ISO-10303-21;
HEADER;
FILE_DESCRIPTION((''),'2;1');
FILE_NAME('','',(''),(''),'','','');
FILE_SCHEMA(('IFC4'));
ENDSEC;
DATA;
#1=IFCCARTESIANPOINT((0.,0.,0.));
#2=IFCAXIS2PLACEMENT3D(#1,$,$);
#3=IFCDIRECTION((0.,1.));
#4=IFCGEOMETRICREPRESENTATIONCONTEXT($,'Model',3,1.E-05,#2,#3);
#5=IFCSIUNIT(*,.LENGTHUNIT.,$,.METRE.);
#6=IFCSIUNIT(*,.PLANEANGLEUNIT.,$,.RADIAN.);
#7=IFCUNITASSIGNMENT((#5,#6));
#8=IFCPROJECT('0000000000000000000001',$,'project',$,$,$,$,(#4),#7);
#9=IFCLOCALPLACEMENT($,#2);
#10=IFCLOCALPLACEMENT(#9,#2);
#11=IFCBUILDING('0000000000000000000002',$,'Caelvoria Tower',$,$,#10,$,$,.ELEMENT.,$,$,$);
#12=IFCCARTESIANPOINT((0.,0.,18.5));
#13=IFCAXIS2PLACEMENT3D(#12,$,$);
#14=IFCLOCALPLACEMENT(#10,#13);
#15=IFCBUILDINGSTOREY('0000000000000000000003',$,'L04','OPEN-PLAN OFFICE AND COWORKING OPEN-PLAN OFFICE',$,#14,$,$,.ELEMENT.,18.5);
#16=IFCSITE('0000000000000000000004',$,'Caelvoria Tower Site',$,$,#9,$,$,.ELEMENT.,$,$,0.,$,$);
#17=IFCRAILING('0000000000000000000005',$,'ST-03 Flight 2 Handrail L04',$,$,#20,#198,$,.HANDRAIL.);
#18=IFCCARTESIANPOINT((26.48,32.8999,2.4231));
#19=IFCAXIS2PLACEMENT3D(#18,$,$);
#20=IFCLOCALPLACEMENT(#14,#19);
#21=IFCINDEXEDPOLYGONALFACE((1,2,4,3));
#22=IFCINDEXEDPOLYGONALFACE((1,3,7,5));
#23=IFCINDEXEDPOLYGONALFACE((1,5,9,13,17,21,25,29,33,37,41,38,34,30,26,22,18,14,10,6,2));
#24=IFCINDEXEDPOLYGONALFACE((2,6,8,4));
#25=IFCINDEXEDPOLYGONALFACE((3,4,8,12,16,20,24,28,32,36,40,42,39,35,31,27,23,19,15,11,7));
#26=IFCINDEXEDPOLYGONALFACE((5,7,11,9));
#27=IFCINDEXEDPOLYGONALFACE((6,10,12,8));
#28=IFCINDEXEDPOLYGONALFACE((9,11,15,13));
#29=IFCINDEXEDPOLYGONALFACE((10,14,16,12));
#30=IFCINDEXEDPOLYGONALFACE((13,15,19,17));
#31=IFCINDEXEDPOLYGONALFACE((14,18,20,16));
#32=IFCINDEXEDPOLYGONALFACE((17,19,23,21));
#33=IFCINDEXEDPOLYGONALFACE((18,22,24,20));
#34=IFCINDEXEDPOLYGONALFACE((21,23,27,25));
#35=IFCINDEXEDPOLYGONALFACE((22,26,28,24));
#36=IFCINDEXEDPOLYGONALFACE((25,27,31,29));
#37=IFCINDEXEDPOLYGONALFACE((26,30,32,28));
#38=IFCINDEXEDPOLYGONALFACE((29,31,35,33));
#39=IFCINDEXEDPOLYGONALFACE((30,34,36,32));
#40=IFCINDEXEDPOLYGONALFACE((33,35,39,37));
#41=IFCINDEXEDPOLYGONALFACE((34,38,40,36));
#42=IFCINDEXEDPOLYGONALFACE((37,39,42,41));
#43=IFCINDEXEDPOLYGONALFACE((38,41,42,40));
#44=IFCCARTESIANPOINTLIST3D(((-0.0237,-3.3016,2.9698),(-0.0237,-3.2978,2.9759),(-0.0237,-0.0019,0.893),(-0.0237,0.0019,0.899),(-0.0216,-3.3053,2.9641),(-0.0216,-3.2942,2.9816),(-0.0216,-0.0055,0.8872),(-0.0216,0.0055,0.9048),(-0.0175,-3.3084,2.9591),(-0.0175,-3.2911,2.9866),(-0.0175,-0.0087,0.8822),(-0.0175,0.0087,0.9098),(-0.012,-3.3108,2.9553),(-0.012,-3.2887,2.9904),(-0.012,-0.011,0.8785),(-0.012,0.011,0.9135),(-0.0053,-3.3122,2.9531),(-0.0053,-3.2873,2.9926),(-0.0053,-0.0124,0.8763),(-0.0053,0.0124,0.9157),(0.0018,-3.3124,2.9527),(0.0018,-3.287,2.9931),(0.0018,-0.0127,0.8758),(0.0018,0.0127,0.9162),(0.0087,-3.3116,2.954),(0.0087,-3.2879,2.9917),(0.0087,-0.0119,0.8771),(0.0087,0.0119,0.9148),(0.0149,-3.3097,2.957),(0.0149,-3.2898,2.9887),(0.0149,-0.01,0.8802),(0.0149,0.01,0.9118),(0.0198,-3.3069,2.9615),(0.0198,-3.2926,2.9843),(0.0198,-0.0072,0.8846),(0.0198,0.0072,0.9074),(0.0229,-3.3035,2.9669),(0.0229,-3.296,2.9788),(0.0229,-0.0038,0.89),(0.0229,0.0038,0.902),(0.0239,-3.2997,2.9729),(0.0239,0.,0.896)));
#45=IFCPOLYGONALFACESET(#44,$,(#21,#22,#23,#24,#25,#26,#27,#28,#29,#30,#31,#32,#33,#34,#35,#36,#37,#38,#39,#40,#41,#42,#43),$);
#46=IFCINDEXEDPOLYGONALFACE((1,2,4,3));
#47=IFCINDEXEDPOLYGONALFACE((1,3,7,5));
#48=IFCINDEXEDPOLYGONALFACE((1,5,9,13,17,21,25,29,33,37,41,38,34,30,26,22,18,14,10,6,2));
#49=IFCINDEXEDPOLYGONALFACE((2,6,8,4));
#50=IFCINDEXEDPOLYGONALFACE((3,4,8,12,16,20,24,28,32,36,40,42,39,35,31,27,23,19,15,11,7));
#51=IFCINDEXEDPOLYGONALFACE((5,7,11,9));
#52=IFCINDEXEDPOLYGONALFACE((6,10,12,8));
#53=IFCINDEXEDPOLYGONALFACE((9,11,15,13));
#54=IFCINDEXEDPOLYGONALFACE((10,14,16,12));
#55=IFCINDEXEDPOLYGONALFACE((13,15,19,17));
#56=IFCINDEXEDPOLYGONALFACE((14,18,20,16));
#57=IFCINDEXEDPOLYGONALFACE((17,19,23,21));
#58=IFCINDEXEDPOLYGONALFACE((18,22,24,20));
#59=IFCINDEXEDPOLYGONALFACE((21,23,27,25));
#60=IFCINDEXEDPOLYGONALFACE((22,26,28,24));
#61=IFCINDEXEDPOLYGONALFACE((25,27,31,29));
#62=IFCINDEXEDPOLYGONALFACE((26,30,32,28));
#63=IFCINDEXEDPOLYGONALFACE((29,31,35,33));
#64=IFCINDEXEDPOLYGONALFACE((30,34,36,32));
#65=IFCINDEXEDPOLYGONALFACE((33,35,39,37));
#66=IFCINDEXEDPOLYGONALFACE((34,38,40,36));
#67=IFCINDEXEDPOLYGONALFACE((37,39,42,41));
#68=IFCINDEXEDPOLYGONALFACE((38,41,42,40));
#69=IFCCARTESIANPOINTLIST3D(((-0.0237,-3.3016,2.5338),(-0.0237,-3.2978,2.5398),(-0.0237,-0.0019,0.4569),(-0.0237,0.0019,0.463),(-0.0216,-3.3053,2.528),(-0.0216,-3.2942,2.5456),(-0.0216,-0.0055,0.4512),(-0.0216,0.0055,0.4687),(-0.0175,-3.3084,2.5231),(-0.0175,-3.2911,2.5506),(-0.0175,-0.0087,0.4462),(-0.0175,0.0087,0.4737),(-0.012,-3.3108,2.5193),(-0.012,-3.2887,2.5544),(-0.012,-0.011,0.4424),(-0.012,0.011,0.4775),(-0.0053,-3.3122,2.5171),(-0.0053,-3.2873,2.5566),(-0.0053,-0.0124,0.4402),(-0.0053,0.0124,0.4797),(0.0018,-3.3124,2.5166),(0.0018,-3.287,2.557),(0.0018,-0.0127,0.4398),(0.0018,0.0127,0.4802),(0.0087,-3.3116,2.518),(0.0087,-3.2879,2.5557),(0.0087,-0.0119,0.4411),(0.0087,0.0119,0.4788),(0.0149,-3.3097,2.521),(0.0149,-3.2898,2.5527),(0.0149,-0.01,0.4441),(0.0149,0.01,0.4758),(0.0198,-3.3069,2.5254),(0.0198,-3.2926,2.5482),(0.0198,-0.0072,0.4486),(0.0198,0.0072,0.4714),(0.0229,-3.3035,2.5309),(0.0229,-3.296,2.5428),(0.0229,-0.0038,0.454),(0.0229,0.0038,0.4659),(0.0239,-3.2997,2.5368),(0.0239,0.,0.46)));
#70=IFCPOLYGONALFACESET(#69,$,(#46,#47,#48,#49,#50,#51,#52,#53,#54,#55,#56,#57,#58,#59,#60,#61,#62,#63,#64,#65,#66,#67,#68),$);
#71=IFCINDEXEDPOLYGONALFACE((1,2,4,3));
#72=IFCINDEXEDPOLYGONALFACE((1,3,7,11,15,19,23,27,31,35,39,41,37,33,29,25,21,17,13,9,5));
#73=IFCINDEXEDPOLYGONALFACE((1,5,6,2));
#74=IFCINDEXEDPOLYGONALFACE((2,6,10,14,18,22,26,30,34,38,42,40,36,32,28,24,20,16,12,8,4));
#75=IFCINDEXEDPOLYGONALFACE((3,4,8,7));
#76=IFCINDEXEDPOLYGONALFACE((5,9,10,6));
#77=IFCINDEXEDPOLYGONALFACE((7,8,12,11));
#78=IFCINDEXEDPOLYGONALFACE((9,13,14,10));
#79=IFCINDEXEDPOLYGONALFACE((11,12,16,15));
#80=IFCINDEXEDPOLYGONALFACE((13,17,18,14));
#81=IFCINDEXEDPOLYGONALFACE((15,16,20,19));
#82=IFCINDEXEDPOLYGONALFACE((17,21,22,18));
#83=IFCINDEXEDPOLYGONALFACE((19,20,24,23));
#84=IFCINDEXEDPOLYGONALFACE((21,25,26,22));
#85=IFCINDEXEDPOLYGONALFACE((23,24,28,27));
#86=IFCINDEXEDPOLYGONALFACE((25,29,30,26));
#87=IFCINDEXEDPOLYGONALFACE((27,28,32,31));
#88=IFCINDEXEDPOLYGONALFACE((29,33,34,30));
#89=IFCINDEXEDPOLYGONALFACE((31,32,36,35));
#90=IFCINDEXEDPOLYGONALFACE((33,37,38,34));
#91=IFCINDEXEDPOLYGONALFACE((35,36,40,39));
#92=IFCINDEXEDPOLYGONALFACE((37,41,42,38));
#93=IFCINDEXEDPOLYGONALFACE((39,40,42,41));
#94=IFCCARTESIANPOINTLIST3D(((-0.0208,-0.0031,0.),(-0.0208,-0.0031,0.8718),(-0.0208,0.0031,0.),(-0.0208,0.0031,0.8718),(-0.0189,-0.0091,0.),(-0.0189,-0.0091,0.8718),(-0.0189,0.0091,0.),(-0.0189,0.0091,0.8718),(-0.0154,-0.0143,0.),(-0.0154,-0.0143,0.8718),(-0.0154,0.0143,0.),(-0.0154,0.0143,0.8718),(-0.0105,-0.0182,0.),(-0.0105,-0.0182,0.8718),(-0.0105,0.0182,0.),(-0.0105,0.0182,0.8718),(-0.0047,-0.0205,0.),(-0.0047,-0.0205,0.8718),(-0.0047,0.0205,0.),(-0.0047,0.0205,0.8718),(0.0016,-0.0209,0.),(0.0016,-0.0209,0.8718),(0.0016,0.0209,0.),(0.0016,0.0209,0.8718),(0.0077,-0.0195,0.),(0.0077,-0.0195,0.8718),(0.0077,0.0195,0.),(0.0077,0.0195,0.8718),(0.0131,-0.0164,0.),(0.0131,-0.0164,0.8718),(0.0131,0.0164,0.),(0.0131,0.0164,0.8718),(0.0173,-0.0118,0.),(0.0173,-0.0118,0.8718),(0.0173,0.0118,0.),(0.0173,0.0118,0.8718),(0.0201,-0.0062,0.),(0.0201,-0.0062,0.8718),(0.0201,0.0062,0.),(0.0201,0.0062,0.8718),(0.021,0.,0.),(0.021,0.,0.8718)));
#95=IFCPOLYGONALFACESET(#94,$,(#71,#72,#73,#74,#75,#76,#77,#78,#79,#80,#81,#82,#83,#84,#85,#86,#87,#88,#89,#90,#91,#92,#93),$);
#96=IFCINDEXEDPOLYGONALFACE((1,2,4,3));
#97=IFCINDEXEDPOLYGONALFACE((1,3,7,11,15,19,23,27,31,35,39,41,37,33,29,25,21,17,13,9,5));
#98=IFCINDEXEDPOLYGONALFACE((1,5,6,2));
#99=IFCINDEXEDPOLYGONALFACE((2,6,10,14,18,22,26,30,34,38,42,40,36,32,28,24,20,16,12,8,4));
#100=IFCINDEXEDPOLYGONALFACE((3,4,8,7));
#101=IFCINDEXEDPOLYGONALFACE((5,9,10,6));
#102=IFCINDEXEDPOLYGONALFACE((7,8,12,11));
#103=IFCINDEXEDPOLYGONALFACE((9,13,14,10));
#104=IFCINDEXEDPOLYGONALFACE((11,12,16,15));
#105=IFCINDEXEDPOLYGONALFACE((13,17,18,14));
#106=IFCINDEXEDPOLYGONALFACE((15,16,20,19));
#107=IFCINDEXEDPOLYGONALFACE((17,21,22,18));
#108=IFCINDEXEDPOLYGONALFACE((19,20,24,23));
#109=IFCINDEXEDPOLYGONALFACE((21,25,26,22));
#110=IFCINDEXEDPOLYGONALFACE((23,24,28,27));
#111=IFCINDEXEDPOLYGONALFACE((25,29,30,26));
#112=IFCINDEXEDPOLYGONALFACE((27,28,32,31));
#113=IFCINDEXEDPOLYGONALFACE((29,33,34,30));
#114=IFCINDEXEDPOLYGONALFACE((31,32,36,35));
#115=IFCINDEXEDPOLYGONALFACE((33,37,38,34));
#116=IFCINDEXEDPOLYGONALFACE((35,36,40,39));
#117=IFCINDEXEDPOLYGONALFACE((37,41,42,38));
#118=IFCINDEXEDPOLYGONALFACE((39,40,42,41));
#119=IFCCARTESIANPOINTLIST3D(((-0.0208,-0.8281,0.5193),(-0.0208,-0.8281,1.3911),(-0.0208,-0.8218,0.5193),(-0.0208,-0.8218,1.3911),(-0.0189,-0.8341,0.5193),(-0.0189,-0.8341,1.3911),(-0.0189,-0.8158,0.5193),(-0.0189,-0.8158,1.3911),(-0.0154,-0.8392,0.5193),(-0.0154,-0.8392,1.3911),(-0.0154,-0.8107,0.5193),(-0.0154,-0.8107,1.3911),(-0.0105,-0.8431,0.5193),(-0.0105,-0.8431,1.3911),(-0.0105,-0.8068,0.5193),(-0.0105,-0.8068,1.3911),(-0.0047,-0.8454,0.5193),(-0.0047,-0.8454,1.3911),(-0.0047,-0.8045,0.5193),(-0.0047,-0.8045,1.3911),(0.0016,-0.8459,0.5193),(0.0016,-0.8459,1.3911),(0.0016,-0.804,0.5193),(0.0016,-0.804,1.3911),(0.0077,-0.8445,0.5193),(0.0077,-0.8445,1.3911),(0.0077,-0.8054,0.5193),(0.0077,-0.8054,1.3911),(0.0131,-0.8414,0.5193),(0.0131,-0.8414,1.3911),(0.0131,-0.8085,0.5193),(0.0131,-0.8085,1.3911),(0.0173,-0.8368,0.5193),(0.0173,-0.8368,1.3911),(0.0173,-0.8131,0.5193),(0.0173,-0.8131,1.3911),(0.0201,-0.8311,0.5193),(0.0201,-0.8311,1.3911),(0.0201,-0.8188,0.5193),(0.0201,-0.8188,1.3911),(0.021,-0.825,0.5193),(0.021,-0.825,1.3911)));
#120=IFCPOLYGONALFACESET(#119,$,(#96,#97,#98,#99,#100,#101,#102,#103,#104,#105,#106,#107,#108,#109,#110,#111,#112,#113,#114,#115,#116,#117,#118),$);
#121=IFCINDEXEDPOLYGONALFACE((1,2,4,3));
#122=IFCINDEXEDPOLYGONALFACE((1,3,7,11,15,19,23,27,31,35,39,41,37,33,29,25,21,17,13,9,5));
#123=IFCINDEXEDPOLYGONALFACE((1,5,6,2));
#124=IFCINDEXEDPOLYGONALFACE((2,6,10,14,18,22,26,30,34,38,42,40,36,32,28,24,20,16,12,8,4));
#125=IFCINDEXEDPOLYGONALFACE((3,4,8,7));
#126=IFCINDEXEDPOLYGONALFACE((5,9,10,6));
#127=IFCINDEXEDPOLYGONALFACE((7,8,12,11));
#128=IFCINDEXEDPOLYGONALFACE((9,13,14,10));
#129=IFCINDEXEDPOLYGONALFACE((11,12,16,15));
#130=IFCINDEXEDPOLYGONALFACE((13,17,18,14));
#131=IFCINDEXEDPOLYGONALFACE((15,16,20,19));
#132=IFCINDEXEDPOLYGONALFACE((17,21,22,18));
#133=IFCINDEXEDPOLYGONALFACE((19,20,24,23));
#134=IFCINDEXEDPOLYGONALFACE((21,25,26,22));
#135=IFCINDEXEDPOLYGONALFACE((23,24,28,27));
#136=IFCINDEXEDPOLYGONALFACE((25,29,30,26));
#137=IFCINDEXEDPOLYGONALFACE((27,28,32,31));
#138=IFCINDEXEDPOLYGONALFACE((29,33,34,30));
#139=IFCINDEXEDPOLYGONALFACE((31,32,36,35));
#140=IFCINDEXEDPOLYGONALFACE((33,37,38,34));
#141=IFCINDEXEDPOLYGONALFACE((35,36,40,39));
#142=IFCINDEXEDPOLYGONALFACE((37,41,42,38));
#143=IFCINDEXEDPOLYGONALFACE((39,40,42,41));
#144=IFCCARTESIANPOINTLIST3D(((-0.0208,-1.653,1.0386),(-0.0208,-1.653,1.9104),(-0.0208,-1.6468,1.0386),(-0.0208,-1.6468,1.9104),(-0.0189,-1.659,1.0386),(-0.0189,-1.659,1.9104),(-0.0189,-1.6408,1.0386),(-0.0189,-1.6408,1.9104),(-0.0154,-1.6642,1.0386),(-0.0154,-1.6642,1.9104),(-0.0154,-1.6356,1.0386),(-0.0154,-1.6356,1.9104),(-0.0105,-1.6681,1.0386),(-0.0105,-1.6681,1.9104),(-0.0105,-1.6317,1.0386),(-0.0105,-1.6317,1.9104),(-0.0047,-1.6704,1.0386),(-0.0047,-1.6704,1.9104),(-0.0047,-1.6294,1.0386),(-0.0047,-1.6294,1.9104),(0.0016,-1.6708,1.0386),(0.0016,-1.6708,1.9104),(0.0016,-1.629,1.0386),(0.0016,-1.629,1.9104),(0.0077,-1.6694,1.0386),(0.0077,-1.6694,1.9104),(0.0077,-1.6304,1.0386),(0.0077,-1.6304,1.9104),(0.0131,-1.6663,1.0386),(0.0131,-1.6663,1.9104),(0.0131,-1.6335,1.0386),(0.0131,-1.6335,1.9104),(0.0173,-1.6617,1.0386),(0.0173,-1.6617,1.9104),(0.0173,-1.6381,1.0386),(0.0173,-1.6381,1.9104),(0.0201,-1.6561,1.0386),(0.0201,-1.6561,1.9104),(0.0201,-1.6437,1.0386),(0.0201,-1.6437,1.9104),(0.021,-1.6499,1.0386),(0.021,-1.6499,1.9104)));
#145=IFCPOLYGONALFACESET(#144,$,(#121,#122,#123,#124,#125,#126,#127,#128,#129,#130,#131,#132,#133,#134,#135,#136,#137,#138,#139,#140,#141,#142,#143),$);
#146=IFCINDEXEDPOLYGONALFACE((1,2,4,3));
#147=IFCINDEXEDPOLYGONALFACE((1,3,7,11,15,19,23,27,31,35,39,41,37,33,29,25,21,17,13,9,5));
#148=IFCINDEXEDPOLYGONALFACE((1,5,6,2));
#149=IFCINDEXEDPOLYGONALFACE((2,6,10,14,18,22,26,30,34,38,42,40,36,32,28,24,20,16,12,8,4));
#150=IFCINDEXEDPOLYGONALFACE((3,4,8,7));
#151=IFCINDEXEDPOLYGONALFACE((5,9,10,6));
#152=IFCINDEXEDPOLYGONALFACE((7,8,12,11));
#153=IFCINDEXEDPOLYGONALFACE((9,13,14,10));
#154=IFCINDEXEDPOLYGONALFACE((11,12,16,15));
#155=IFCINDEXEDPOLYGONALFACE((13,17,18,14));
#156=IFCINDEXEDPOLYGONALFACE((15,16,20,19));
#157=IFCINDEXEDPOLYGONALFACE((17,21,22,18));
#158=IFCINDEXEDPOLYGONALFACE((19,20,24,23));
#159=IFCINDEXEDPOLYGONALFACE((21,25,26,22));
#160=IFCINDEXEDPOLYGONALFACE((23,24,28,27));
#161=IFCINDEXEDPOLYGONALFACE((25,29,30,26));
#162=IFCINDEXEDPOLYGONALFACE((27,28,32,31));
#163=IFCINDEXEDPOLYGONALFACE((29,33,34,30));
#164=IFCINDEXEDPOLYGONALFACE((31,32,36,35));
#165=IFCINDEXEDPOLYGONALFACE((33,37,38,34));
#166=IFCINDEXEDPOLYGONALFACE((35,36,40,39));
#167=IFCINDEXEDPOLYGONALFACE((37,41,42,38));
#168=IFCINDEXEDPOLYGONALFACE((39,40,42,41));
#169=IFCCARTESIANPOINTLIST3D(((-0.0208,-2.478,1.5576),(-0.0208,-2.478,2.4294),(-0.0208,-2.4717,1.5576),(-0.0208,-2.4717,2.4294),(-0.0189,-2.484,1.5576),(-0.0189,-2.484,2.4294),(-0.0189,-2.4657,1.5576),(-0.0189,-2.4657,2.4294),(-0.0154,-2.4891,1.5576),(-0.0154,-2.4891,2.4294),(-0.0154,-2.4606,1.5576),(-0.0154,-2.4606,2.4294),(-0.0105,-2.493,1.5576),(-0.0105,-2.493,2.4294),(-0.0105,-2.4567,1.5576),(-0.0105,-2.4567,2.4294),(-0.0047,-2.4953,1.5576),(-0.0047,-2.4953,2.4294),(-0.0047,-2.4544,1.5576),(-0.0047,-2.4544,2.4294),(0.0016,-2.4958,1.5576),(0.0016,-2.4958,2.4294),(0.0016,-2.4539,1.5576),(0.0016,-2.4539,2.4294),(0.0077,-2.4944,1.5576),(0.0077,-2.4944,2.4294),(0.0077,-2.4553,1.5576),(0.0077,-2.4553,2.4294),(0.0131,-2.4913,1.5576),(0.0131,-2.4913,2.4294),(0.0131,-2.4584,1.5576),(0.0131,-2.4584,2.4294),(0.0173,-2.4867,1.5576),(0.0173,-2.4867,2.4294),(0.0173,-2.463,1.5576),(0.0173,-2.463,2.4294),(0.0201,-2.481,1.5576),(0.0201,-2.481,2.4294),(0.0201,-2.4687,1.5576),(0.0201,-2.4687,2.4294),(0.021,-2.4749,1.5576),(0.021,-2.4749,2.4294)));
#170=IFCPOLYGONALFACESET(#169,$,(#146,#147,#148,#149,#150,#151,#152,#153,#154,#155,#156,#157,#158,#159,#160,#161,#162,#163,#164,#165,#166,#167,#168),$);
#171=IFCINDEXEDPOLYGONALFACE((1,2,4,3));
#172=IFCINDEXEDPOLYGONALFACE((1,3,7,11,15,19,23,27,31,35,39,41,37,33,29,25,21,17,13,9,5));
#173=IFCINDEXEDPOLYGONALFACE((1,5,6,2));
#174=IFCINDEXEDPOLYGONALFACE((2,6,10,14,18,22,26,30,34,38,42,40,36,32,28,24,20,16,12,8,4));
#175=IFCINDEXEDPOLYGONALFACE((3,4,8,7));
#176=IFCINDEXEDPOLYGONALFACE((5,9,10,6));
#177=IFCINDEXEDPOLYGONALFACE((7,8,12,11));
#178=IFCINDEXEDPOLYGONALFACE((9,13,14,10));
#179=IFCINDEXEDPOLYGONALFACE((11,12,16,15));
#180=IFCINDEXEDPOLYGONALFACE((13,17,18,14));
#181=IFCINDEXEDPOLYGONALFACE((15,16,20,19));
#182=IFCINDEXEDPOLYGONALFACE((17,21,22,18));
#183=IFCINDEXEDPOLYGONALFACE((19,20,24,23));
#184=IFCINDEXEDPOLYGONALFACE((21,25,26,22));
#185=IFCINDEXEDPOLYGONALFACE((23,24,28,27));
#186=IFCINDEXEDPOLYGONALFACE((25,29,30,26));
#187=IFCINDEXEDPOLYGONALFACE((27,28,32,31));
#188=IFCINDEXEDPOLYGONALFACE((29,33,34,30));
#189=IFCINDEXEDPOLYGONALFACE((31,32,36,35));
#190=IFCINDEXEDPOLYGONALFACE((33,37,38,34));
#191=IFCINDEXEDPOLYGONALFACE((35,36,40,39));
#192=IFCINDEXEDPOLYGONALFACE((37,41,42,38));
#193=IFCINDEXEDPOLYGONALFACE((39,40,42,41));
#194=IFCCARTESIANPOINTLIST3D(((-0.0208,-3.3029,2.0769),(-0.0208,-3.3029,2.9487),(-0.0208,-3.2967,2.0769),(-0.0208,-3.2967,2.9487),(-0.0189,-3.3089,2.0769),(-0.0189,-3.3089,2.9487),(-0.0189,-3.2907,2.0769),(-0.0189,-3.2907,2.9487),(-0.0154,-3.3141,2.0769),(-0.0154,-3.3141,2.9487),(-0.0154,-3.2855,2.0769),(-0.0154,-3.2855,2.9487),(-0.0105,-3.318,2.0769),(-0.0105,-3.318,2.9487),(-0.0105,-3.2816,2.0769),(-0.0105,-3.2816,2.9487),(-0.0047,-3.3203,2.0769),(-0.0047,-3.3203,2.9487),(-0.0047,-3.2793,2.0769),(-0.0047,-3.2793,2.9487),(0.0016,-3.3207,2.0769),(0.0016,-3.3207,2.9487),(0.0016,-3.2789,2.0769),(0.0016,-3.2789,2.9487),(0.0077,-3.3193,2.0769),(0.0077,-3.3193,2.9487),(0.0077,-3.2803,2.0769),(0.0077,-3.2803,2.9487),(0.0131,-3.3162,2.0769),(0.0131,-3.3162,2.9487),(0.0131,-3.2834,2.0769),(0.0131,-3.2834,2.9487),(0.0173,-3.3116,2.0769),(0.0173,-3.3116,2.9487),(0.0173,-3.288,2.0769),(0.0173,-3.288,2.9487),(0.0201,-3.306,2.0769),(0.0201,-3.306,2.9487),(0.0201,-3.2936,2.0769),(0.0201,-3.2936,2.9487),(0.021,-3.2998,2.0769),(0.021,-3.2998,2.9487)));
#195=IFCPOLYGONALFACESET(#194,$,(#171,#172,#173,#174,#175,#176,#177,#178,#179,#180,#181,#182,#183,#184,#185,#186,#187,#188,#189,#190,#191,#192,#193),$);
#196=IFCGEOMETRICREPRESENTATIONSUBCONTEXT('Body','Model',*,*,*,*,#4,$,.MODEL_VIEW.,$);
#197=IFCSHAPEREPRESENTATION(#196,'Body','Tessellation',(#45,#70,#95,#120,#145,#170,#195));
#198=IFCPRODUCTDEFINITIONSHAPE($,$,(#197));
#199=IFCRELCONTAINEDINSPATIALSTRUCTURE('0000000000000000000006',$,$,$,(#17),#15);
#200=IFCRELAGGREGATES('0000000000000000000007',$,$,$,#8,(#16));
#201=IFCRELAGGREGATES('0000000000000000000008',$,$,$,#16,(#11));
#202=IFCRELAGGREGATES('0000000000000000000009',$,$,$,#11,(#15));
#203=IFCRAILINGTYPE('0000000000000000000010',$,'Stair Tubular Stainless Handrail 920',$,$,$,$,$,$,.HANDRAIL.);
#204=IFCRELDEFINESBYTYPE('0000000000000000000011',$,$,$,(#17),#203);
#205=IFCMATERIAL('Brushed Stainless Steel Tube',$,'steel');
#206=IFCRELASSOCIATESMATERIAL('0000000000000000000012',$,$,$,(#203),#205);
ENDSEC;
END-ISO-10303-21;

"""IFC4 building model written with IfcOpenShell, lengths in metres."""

from ifc_helpers import new_model, si_unit, direction, frame, origin, origin_2d, place, context, subcontext, project, spatial, circle, extrude, material, type_object, element, save


model = new_model("IFC4")

# Units and contexts
model_context = context("Model", 3, precision=1e-05, world=origin(), true_north=direction((0.0, 1.0)))
body_context = subcontext(model_context, "Body", "Model", "MODEL_VIEW")
ifc_project = project(units=[si_unit("LENGTHUNIT", "METRE"), si_unit("PLANEANGLEUNIT", "RADIAN")], contexts=[model_context])

# Site, building, storey
site_placement = place(None, origin())
site = spatial("IfcSite", under=ifc_project, at=site_placement, Name="Caelvoria Tower Site", CompositionType="ELEMENT", RefElevation=0.0)
building_placement = place(site_placement, origin())
building = spatial("IfcBuilding", under=site, at=building_placement, Name="Caelvoria Tower", CompositionType="ELEMENT")
storey_placement = place(building_placement, frame((0.0, 0.0, 18.5)))
storey = spatial("IfcBuildingStorey", under=building, at=storey_placement, Name="L04", Description="OPEN-PLAN OFFICE AND COWORKING OPEN-PLAN OFFICE", CompositionType="ELEMENT", Elevation=18.5)

# Railing
ifc_material_1 = material(Name="Brushed Stainless Steel Tube", Category="steel")
railing_type_1 = type_object("IfcRailingType", Name="Stair Tubular Stainless Handrail 920", PredefinedType="HANDRAIL", material=ifc_material_1)
railing_1_placement = place(storey_placement, frame((26.48, 32.8999, 2.4231)))
element("IfcRailing", 1, at=railing_1_placement, inside=storey, type_object=railing_type_1, Name="ST-03 Flight 2 Handrail L04", PredefinedType="HANDRAIL", context=body_context, shape_type="SweptSolid", body=[
    extrude(circle(Radius=0.0239, at=origin_2d()), frame((0.0, 0.0, 0.896), z_axis=(0.0, -0.84632, 0.532675), x_axis=(1.0, 0.0, 0.0)), (0.0, 0.0, 1.0), 3.8989),
    extrude(circle(Radius=0.0239, at=origin_2d()), frame((0.0, 0.0, 0.46), z_axis=(0.0, -0.84632, 0.532675), x_axis=(1.0, 0.0, 0.0)), (0.0, 0.0, 1.0), 3.8989),
    extrude(circle(Radius=0.021, at=origin_2d()), origin(), (0.0, 0.0, 1.0), 0.8718),
    extrude(circle(Radius=0.021, at=origin_2d()), frame((0.0, -0.825, 0.5193)), (0.0, 0.0, 1.0), 0.8718),
    extrude(circle(Radius=0.021, at=origin_2d()), frame((0.0, -1.6499, 1.0386)), (0.0, 0.0, 1.0), 0.8718),
    extrude(circle(Radius=0.021, at=origin_2d()), frame((0.0, -2.4749, 1.5576)), (0.0, 0.0, 1.0), 0.8718),
    extrude(circle(Radius=0.021, at=origin_2d()), frame((0.0, -3.2998, 2.0769)), (0.0, 0.0, 1.0), 0.8718),
])

save(model, "model.ifc")
